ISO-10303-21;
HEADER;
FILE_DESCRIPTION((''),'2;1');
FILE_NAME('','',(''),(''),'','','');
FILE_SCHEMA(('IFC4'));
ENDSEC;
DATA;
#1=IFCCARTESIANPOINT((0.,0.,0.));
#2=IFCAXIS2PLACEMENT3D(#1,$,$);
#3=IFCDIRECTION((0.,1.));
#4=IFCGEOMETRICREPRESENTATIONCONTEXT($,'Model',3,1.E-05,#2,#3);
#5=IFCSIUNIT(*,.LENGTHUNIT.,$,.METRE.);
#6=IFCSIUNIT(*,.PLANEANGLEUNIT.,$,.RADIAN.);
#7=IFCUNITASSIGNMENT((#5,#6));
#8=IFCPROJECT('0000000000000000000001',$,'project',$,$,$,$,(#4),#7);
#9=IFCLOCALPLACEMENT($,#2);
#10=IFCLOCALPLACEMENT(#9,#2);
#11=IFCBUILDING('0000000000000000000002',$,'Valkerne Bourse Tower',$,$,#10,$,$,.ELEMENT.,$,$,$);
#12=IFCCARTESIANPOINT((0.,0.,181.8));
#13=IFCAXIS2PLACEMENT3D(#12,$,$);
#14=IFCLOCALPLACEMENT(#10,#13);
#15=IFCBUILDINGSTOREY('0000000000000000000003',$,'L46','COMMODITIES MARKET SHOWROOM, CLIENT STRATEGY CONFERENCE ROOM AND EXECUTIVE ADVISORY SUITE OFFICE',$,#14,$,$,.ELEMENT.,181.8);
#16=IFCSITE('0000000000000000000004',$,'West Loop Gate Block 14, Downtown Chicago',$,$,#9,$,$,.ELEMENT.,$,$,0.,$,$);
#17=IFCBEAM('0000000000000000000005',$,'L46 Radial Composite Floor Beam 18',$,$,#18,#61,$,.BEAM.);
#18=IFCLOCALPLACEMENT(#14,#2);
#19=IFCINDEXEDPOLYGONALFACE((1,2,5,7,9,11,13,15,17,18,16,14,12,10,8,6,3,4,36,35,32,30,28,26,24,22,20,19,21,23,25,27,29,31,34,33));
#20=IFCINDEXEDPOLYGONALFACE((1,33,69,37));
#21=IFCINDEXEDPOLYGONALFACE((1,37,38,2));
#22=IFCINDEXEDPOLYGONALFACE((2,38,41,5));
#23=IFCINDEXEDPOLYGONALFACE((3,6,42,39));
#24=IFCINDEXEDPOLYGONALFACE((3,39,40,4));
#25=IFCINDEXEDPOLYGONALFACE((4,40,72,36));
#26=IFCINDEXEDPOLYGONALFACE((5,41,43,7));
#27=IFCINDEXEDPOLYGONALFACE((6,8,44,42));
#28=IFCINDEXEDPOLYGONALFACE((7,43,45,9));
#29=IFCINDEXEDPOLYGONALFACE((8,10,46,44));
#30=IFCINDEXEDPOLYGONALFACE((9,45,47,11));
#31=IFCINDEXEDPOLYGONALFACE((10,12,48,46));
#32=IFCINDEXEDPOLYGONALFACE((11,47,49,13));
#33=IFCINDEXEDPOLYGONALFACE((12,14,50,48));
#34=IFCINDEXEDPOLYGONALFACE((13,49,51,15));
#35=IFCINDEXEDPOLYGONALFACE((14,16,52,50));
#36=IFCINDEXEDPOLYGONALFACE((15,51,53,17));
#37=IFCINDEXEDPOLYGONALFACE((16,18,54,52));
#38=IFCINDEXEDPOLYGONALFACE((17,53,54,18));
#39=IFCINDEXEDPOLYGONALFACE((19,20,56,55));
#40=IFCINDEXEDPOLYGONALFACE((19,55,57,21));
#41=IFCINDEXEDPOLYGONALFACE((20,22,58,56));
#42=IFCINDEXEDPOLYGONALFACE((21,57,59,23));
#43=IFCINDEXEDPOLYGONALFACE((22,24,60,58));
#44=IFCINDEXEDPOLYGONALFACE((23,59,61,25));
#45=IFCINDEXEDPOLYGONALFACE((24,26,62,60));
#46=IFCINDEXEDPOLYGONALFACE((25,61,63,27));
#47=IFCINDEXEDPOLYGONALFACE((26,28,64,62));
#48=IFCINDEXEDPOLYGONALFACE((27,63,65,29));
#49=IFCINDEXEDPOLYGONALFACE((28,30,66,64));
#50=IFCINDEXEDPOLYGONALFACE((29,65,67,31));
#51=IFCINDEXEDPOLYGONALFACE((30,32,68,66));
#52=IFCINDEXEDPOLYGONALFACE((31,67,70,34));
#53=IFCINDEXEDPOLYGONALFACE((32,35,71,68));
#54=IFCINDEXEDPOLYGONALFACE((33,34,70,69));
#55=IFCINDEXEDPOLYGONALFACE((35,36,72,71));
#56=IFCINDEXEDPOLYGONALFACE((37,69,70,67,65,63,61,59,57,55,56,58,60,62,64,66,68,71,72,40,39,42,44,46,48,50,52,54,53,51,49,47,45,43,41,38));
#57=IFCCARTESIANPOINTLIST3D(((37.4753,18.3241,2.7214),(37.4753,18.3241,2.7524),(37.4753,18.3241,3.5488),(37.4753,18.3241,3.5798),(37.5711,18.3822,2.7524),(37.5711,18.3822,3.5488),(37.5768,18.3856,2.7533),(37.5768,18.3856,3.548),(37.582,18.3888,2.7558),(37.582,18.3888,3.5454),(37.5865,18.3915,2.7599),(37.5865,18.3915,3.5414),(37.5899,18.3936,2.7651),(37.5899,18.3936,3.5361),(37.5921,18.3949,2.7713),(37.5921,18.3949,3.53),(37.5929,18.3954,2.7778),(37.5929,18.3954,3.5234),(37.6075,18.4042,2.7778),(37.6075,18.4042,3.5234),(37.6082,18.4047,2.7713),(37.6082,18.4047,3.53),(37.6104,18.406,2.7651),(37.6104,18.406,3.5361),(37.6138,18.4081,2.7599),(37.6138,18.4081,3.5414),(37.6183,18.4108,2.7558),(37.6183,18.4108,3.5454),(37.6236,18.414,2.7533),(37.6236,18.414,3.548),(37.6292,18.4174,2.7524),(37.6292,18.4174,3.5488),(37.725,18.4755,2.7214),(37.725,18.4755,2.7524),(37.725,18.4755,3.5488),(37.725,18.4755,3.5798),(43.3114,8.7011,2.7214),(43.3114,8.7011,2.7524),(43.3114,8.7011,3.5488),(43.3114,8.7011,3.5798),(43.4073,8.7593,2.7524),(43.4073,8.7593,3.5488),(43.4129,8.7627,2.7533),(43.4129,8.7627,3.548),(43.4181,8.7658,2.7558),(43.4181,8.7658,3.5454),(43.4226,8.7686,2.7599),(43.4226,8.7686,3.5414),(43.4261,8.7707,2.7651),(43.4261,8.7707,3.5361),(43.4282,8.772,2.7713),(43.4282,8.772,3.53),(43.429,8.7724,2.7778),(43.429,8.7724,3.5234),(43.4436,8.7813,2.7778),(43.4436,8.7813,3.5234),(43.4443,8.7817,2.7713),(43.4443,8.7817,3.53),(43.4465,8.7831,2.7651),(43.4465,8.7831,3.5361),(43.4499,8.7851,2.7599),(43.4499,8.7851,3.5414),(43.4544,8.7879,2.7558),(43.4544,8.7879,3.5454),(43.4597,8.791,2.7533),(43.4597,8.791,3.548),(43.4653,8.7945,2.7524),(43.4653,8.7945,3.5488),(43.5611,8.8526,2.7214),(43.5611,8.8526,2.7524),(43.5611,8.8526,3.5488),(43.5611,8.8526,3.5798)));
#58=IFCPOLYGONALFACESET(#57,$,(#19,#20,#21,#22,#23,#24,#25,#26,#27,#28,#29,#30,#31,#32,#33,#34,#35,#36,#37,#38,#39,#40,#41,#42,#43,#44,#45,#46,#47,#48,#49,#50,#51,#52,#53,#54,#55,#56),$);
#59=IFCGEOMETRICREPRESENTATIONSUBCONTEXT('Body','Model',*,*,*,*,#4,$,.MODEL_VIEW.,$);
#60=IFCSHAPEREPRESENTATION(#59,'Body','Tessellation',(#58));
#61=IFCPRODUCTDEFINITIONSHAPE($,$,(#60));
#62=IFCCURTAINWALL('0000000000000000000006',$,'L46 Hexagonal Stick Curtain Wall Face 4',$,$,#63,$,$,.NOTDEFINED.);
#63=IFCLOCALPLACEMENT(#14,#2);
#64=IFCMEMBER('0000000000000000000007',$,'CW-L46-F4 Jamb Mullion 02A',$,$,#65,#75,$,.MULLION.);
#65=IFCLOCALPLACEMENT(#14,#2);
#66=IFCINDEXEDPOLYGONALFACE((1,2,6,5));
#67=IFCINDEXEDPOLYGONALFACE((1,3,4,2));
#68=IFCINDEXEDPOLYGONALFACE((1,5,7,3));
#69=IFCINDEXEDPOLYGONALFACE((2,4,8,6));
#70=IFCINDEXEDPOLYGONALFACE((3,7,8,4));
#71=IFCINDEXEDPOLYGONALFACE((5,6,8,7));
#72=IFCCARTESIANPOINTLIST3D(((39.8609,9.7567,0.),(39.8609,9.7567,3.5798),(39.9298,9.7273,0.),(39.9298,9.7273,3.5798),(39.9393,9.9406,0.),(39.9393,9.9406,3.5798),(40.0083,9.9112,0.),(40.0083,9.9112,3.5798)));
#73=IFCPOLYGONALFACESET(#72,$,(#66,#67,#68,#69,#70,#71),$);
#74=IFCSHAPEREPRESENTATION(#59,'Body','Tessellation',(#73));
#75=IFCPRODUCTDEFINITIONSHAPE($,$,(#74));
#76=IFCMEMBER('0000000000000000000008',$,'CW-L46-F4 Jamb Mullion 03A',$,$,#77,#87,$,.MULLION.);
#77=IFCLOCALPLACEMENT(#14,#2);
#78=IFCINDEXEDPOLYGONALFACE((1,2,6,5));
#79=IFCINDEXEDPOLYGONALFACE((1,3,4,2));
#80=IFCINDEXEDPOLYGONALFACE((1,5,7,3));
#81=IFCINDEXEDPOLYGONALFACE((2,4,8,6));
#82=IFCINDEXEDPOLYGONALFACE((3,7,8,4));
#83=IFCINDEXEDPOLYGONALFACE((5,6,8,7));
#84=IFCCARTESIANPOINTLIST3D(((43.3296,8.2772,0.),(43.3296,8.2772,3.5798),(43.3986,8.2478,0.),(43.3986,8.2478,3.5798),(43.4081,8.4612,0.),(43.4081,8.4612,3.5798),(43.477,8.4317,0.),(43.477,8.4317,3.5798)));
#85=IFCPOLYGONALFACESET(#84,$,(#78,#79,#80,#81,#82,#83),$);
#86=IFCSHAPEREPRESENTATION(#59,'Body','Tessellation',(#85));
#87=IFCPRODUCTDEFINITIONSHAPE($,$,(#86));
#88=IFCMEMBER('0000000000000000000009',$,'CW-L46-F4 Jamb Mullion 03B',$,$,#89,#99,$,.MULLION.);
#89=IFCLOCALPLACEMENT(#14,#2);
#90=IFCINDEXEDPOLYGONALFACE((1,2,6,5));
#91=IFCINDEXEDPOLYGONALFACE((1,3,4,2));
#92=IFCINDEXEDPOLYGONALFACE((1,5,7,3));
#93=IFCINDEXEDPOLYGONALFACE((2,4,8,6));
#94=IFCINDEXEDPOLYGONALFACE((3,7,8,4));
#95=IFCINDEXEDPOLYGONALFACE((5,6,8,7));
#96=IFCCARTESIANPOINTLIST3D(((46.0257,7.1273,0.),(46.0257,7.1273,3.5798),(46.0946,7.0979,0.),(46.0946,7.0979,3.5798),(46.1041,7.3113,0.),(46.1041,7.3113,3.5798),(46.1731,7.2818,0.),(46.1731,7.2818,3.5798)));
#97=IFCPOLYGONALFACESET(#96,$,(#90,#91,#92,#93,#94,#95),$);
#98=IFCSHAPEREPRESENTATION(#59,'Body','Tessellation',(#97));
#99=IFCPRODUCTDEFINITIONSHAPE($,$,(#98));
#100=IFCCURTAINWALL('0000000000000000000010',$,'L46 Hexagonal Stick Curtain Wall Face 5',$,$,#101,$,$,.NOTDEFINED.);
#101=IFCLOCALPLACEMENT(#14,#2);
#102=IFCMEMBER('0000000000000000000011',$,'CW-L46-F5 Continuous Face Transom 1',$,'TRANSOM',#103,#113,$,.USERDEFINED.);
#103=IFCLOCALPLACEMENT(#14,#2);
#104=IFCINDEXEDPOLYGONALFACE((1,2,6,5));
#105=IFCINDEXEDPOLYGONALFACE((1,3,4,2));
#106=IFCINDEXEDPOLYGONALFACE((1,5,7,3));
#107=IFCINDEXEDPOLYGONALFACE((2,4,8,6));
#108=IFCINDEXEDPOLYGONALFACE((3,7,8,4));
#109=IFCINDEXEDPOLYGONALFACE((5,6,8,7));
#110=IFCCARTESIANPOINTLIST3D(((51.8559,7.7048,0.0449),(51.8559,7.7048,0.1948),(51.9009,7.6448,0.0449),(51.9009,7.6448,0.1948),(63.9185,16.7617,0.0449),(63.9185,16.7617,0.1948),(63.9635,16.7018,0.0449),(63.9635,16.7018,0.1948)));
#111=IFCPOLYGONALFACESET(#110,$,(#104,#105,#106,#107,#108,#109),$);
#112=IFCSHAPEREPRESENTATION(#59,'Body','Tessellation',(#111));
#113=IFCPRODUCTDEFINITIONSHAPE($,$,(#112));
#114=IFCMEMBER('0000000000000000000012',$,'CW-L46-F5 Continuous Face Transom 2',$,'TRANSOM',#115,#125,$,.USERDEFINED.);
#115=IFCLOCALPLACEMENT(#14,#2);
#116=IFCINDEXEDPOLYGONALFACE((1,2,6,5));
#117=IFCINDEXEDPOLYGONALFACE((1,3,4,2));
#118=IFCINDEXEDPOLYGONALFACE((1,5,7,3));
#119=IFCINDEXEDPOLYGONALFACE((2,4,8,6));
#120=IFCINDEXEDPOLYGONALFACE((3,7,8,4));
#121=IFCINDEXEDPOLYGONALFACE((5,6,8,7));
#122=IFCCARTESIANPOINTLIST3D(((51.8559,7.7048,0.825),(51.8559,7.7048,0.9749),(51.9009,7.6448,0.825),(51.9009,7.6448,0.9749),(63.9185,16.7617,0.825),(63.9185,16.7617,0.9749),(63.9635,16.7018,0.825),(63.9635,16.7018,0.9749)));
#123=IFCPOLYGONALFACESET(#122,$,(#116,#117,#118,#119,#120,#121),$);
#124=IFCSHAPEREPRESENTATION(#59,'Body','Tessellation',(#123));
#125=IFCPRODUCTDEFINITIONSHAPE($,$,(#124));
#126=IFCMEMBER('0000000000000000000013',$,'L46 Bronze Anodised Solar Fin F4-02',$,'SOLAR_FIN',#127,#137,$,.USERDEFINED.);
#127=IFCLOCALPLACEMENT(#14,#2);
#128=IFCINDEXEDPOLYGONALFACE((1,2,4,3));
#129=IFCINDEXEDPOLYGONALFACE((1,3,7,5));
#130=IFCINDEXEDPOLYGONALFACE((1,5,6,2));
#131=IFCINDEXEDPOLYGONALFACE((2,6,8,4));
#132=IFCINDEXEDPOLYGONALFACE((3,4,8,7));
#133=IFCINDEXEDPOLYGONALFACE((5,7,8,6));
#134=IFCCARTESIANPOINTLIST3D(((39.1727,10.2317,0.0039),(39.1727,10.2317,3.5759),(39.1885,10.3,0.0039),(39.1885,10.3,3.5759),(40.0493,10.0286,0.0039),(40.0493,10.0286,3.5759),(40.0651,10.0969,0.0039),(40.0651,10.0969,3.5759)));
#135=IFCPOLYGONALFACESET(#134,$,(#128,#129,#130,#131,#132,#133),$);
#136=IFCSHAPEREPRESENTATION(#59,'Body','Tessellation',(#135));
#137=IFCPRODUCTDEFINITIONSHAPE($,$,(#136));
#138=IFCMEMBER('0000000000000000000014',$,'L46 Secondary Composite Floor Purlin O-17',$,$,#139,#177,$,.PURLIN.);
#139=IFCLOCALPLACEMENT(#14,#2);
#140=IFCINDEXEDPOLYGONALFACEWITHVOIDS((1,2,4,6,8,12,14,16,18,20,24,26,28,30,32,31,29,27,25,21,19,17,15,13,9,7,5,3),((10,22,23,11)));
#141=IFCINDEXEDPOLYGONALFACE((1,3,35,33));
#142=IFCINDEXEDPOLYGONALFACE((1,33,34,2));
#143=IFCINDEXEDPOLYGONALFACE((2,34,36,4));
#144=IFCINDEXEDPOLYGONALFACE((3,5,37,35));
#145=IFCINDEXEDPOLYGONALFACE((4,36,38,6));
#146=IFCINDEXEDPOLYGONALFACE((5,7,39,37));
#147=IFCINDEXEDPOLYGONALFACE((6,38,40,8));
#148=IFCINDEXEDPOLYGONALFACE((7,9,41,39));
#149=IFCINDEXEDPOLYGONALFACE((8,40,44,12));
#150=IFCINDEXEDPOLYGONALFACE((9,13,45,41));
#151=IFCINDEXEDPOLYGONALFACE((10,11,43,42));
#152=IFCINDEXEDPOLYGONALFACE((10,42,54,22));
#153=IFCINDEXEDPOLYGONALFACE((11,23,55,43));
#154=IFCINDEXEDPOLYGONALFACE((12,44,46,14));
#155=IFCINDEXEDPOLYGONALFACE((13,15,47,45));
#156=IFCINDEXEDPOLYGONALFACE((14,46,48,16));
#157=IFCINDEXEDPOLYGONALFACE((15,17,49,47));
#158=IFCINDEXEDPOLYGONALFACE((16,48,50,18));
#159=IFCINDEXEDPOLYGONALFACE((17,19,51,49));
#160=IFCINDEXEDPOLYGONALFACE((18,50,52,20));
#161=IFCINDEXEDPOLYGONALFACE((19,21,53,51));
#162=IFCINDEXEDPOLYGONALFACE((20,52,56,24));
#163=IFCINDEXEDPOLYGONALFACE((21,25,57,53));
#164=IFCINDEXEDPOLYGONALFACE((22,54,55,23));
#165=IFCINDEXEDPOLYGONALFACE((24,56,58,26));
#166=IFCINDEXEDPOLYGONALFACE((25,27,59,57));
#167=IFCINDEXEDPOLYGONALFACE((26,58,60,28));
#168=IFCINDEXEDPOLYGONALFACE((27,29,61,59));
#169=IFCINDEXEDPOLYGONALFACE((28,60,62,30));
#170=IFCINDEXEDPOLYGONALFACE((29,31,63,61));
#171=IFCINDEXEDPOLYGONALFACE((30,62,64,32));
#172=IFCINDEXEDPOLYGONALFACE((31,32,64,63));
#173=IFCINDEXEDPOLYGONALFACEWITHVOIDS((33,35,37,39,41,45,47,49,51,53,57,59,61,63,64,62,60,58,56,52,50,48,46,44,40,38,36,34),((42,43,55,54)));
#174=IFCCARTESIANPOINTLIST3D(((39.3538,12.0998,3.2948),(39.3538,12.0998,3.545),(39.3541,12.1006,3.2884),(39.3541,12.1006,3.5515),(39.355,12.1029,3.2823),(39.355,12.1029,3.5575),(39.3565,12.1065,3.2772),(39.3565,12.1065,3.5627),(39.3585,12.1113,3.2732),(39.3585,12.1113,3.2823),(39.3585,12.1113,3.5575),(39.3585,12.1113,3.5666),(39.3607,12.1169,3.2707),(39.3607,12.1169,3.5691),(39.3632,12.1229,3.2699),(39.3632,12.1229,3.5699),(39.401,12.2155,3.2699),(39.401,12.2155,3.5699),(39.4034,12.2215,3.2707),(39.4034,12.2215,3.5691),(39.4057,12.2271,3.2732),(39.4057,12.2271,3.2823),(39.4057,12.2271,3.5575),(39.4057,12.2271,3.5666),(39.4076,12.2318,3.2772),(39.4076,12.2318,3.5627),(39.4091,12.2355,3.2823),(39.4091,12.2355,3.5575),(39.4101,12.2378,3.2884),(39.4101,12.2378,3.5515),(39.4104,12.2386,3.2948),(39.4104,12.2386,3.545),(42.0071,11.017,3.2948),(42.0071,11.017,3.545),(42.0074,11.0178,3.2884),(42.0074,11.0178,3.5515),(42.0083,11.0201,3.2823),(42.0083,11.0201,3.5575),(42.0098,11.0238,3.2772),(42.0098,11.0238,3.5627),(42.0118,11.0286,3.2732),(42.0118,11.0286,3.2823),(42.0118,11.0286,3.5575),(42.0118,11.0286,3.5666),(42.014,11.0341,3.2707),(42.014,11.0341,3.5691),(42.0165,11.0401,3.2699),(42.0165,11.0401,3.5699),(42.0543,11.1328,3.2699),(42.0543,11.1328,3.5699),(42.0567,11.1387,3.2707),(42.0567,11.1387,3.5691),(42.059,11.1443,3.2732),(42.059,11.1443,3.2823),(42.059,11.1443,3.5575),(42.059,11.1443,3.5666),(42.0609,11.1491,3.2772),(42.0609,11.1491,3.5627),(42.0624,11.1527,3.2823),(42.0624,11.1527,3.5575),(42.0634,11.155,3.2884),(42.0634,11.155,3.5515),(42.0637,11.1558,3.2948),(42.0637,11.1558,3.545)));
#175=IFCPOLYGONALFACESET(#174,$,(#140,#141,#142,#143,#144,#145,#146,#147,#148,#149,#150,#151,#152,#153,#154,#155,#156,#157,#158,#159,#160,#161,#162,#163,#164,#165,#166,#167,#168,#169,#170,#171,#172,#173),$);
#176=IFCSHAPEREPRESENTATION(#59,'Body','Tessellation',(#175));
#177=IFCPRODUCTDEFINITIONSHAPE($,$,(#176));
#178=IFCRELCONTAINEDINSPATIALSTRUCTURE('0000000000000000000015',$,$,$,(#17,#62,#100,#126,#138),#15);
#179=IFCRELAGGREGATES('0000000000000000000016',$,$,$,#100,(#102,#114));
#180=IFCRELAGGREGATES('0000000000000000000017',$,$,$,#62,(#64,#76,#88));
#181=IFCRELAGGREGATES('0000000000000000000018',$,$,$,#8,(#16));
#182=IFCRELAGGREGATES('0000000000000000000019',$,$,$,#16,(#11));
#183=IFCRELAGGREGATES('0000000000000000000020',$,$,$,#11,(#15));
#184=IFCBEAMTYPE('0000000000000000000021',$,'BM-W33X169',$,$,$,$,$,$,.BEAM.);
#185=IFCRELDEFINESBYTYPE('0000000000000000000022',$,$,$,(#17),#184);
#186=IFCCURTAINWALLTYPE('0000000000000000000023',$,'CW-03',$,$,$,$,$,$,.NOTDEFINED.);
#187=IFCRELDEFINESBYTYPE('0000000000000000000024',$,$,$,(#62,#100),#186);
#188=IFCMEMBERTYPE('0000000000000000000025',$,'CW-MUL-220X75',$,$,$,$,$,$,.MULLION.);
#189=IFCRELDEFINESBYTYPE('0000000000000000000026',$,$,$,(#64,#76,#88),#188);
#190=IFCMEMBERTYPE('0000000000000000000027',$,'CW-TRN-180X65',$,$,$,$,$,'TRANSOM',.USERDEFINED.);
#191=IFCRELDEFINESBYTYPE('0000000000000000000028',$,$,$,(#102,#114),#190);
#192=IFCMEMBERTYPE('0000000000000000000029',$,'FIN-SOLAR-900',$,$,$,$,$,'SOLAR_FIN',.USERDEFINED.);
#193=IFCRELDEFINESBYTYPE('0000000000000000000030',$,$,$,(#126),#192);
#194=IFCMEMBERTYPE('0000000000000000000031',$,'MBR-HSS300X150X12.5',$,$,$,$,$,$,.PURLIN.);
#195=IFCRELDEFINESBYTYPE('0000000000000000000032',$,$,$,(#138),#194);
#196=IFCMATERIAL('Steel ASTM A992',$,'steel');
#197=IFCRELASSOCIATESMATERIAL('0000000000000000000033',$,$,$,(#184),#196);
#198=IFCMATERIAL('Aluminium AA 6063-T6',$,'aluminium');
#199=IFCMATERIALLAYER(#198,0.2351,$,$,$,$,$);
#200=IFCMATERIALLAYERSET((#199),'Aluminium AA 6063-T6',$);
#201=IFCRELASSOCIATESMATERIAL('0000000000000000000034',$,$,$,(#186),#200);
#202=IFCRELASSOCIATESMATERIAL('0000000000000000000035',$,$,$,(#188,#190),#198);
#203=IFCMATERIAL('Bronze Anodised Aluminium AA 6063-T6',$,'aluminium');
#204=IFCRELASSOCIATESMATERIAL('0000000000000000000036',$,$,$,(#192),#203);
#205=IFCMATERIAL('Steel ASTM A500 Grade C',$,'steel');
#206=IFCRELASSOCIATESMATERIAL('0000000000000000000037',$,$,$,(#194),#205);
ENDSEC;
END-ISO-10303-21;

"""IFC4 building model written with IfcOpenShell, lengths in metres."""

from ifc_helpers import new_model, si_unit, direction, frame, origin, origin_2d, place, context, subcontext, project, spatial, rectangle, hollow_rectangle, i_section, extrude, material, layer, layer_set, material_profile, profile_set, type_object, element, aggregate, save


model = new_model("IFC4")

# Units and contexts
model_context = context("Model", 3, precision=1e-05, world=origin(), true_north=direction((0.0, 1.0)))
body_context = subcontext(model_context, "Body", "Model", "MODEL_VIEW")
ifc_project = project(units=[si_unit("LENGTHUNIT", "METRE"), si_unit("PLANEANGLEUNIT", "RADIAN")], contexts=[model_context])

# Site, building, storey
site_placement = place(None, origin())
site = spatial("IfcSite", under=ifc_project, at=site_placement, Name="West Loop Gate Block 14, Downtown Chicago", CompositionType="ELEMENT", RefElevation=0.0)
building_placement = place(site_placement, origin())
building = spatial("IfcBuilding", under=site, at=building_placement, Name="Valkerne Bourse Tower", CompositionType="ELEMENT")
storey_placement = place(building_placement, frame((0.0, 0.0, 181.8)))
storey = spatial("IfcBuildingStorey", under=building, at=storey_placement, Name="L46", Description="COMMODITIES MARKET SHOWROOM, CLIENT STRATEGY CONFERENCE ROOM AND EXECUTIVE ADVISORY SUITE OFFICE", CompositionType="ELEMENT", Elevation=181.8)

# Beam
ifc_material_1 = material(Name="Steel ASTM A992", Category="steel")
ifc_material_profile_1 = material_profile(ifc_material_1, i_section(OverallWidth=0.292, OverallDepth=0.8584, WebThickness=0.0171, FlangeThickness=0.031, FilletRadius=0.0254, at=origin_2d()), Name="W33X169")
ifc_profile_set_1 = profile_set([ifc_material_profile_1], Name="Steel ASTM A992")
beam_type_1 = type_object("IfcBeamType", Name="BM-W33X169", PredefinedType="BEAM", material=ifc_profile_set_1)
beam_1_placement = place(storey_placement, frame((43.4363, 8.7769, 3.1506), z_axis=(-0.518564, 0.855039, 0.0), x_axis=(-0.855039, -0.518564, 0.0)))
element("IfcBeam", 1, at=beam_1_placement, inside=storey, type_object=beam_type_1, Name="L46 Radial Composite Floor Beam 18", PredefinedType="BEAM", context=body_context, shape_type="SweptSolid", body=[
    extrude(i_section(OverallWidth=0.292, OverallDepth=0.8584, WebThickness=0.0171, FlangeThickness=0.031, FilletRadius=0.0254, at=origin_2d()), origin(), (0.0, 0.0, 1.0), 11.2544),
])

# Curtain walls, members
ifc_material_2 = material(Name="Aluminium AA 6063-T6", Category="aluminium")
ifc_layer_1 = layer(ifc_material_2, 0.2351)
ifc_layer_set_1 = layer_set([ifc_layer_1], Name="Aluminium AA 6063-T6")
curtain_wall_type = type_object("IfcCurtainWallType", Name="CW-03", PredefinedType="NOTDEFINED", material=ifc_layer_set_1)
curtain_wall_1_placement = place(storey_placement, origin())
curtain_wall_1 = element("IfcCurtainWall", 2, at=curtain_wall_1_placement, inside=storey, type_object=curtain_wall_type, Name="L46 Hexagonal Stick Curtain Wall Face 4", PredefinedType="NOTDEFINED")
ifc_material_profile_2 = material_profile(ifc_material_2, rectangle(XDim=0.075, YDim=0.2, at=origin_2d()), Name="CWM-75X200")
ifc_profile_set_2 = profile_set([ifc_material_profile_2], Name="Aluminium AA 6063-T6")
member_type_1 = type_object("IfcMemberType", Name="CW-MUL-220X75", PredefinedType="MULLION", material=ifc_profile_set_2)
member_1_placement = place(storey_placement, frame((39.9346, 9.834, 0.0), z_axis=(0.0, 0.0, 1.0), x_axis=(0.919824, -0.392331, 0.0)))
member_1 = element("IfcMember", 3, at=member_1_placement, type_object=member_type_1, Name="CW-L46-F4 Jamb Mullion 02A", PredefinedType="MULLION", context=body_context, shape_type="SweptSolid", body=[
    extrude(rectangle(XDim=0.075, YDim=0.2, at=origin_2d()), origin(), (0.0, 0.0, 1.0), 3.5798),
])
member_2_placement = place(storey_placement, frame((43.4033, 8.3545, 0.0), z_axis=(0.0, 0.0, 1.0), x_axis=(0.91982, -0.392341, 0.0)))
member_2 = element("IfcMember", 4, at=member_2_placement, type_object=member_type_1, Name="CW-L46-F4 Jamb Mullion 03A", PredefinedType="MULLION", context=body_context, shape_type="SweptSolid", body=[
    extrude(rectangle(XDim=0.075, YDim=0.2, at=origin_2d()), origin(), (0.0, 0.0, 1.0), 3.5798),
])
member_3_placement = place(storey_placement, frame((46.0994, 7.2046, 0.0), z_axis=(0.0, 0.0, 1.0), x_axis=(0.91982, -0.392341, 0.0)))
member_3 = element("IfcMember", 5, at=member_3_placement, type_object=member_type_1, Name="CW-L46-F4 Jamb Mullion 03B", PredefinedType="MULLION", context=body_context, shape_type="SweptSolid", body=[
    extrude(rectangle(XDim=0.075, YDim=0.2, at=origin_2d()), origin(), (0.0, 0.0, 1.0), 3.5798),
])
curtain_wall_2_placement = place(storey_placement, origin())
curtain_wall_2 = element("IfcCurtainWall", 6, at=curtain_wall_2_placement, inside=storey, type_object=curtain_wall_type, Name="L46 Hexagonal Stick Curtain Wall Face 5", PredefinedType="NOTDEFINED")
ifc_material_profile_3 = material_profile(ifc_material_2, rectangle(XDim=0.075, YDim=0.1499, at=origin_2d()), Name="CWT-75X150")
ifc_profile_set_3 = profile_set([ifc_material_profile_3], Name="Aluminium AA 6063-T6")
member_type_2 = type_object("IfcMemberType", Name="CW-TRN-180X65", ElementType="TRANSOM", PredefinedType="USERDEFINED", material=ifc_profile_set_3)
member_4_placement = place(storey_placement, frame((51.8784, 7.6748, 0.1199), z_axis=(0.799681, 0.600425, 0.0), x_axis=(-0.600425, 0.799681, 0.0)))
member_4 = element("IfcMember", 7, at=member_4_placement, type_object=member_type_2, Name="CW-L46-F5 Continuous Face Transom 1", ObjectType="TRANSOM", PredefinedType="USERDEFINED", context=body_context, shape_type="SweptSolid", body=[
    extrude(rectangle(XDim=0.075, YDim=0.1499, at=origin_2d()), origin(), (0.0, 0.0, 1.0), 15.0842),
])
member_5_placement = place(storey_placement, frame((51.8784, 7.6748, 0.8999), z_axis=(0.799681, 0.600425, 0.0), x_axis=(-0.600425, 0.799681, 0.0)))
member_5 = element("IfcMember", 8, at=member_5_placement, type_object=member_type_2, Name="CW-L46-F5 Continuous Face Transom 2", ObjectType="TRANSOM", PredefinedType="USERDEFINED", context=body_context, shape_type="SweptSolid", body=[
    extrude(rectangle(XDim=0.075, YDim=0.1499, at=origin_2d()), origin(), (0.0, 0.0, 1.0), 15.0842),
])
aggregate(curtain_wall_2, [member_4, member_5])

# Members
ifc_material_3 = material(Name="Bronze Anodised Aluminium AA 6063-T6", Category="aluminium")
ifc_material_profile_4 = material_profile(ifc_material_3, rectangle(XDim=0.0701, YDim=0.8999, at=origin_2d()), Name="FIN-70X900")
ifc_profile_set_4 = profile_set([ifc_material_profile_4], Name="Bronze Anodised Aluminium AA 6063-T6")
member_type_3 = type_object("IfcMemberType", Name="FIN-SOLAR-900", ElementType="SOLAR_FIN", PredefinedType="USERDEFINED", material=ifc_profile_set_4)
member_6_placement = place(storey_placement, frame((39.6189, 10.1643, 0.0039), z_axis=(0.0, 0.0, 1.0), x_axis=(-0.22573, -0.97419, 0.0)))
element("IfcMember", 9, at=member_6_placement, inside=storey, type_object=member_type_3, Name="L46 Bronze Anodised Solar Fin F4-02", ObjectType="SOLAR_FIN", PredefinedType="USERDEFINED", context=body_context, shape_type="SweptSolid", body=[
    extrude(rectangle(XDim=0.0701, YDim=0.8999, at=origin_2d()), origin(), (0.0, 0.0, 1.0), 3.572),
])
ifc_material_4 = material(Name="Steel ASTM A500 Grade C", Category="steel")
ifc_material_profile_5 = material_profile(ifc_material_4, hollow_rectangle(XDim=0.1499, YDim=0.3, WallThickness=0.0125, OuterFilletRadius=0.0249, at=origin_2d()), Name="HSS300X150X12.5")
ifc_profile_set_5 = profile_set([ifc_material_profile_5], Name="Steel ASTM A500 Grade C")
member_type_4 = type_object("IfcMemberType", Name="MBR-HSS300X150X12.5", PredefinedType="PURLIN", material=ifc_profile_set_5)
member_7_placement = place(storey_placement, frame((39.3821, 12.1692, 3.4199), z_axis=(0.925875, -0.37783, 0.0), x_axis=(0.37783, 0.925875, 0.0)))
element("IfcMember", 10, at=member_7_placement, inside=storey, type_object=member_type_4, Name="L46 Secondary Composite Floor Purlin O-17", PredefinedType="PURLIN", context=body_context, shape_type="SweptSolid", body=[
    extrude(hollow_rectangle(XDim=0.1499, YDim=0.3, WallThickness=0.0125, OuterFilletRadius=0.0249, at=origin_2d()), origin(), (0.0, 0.0, 1.0), 2.8657),
])

aggregate(curtain_wall_1, [member_1, member_2, member_3])

save(model, "model.ifc")
